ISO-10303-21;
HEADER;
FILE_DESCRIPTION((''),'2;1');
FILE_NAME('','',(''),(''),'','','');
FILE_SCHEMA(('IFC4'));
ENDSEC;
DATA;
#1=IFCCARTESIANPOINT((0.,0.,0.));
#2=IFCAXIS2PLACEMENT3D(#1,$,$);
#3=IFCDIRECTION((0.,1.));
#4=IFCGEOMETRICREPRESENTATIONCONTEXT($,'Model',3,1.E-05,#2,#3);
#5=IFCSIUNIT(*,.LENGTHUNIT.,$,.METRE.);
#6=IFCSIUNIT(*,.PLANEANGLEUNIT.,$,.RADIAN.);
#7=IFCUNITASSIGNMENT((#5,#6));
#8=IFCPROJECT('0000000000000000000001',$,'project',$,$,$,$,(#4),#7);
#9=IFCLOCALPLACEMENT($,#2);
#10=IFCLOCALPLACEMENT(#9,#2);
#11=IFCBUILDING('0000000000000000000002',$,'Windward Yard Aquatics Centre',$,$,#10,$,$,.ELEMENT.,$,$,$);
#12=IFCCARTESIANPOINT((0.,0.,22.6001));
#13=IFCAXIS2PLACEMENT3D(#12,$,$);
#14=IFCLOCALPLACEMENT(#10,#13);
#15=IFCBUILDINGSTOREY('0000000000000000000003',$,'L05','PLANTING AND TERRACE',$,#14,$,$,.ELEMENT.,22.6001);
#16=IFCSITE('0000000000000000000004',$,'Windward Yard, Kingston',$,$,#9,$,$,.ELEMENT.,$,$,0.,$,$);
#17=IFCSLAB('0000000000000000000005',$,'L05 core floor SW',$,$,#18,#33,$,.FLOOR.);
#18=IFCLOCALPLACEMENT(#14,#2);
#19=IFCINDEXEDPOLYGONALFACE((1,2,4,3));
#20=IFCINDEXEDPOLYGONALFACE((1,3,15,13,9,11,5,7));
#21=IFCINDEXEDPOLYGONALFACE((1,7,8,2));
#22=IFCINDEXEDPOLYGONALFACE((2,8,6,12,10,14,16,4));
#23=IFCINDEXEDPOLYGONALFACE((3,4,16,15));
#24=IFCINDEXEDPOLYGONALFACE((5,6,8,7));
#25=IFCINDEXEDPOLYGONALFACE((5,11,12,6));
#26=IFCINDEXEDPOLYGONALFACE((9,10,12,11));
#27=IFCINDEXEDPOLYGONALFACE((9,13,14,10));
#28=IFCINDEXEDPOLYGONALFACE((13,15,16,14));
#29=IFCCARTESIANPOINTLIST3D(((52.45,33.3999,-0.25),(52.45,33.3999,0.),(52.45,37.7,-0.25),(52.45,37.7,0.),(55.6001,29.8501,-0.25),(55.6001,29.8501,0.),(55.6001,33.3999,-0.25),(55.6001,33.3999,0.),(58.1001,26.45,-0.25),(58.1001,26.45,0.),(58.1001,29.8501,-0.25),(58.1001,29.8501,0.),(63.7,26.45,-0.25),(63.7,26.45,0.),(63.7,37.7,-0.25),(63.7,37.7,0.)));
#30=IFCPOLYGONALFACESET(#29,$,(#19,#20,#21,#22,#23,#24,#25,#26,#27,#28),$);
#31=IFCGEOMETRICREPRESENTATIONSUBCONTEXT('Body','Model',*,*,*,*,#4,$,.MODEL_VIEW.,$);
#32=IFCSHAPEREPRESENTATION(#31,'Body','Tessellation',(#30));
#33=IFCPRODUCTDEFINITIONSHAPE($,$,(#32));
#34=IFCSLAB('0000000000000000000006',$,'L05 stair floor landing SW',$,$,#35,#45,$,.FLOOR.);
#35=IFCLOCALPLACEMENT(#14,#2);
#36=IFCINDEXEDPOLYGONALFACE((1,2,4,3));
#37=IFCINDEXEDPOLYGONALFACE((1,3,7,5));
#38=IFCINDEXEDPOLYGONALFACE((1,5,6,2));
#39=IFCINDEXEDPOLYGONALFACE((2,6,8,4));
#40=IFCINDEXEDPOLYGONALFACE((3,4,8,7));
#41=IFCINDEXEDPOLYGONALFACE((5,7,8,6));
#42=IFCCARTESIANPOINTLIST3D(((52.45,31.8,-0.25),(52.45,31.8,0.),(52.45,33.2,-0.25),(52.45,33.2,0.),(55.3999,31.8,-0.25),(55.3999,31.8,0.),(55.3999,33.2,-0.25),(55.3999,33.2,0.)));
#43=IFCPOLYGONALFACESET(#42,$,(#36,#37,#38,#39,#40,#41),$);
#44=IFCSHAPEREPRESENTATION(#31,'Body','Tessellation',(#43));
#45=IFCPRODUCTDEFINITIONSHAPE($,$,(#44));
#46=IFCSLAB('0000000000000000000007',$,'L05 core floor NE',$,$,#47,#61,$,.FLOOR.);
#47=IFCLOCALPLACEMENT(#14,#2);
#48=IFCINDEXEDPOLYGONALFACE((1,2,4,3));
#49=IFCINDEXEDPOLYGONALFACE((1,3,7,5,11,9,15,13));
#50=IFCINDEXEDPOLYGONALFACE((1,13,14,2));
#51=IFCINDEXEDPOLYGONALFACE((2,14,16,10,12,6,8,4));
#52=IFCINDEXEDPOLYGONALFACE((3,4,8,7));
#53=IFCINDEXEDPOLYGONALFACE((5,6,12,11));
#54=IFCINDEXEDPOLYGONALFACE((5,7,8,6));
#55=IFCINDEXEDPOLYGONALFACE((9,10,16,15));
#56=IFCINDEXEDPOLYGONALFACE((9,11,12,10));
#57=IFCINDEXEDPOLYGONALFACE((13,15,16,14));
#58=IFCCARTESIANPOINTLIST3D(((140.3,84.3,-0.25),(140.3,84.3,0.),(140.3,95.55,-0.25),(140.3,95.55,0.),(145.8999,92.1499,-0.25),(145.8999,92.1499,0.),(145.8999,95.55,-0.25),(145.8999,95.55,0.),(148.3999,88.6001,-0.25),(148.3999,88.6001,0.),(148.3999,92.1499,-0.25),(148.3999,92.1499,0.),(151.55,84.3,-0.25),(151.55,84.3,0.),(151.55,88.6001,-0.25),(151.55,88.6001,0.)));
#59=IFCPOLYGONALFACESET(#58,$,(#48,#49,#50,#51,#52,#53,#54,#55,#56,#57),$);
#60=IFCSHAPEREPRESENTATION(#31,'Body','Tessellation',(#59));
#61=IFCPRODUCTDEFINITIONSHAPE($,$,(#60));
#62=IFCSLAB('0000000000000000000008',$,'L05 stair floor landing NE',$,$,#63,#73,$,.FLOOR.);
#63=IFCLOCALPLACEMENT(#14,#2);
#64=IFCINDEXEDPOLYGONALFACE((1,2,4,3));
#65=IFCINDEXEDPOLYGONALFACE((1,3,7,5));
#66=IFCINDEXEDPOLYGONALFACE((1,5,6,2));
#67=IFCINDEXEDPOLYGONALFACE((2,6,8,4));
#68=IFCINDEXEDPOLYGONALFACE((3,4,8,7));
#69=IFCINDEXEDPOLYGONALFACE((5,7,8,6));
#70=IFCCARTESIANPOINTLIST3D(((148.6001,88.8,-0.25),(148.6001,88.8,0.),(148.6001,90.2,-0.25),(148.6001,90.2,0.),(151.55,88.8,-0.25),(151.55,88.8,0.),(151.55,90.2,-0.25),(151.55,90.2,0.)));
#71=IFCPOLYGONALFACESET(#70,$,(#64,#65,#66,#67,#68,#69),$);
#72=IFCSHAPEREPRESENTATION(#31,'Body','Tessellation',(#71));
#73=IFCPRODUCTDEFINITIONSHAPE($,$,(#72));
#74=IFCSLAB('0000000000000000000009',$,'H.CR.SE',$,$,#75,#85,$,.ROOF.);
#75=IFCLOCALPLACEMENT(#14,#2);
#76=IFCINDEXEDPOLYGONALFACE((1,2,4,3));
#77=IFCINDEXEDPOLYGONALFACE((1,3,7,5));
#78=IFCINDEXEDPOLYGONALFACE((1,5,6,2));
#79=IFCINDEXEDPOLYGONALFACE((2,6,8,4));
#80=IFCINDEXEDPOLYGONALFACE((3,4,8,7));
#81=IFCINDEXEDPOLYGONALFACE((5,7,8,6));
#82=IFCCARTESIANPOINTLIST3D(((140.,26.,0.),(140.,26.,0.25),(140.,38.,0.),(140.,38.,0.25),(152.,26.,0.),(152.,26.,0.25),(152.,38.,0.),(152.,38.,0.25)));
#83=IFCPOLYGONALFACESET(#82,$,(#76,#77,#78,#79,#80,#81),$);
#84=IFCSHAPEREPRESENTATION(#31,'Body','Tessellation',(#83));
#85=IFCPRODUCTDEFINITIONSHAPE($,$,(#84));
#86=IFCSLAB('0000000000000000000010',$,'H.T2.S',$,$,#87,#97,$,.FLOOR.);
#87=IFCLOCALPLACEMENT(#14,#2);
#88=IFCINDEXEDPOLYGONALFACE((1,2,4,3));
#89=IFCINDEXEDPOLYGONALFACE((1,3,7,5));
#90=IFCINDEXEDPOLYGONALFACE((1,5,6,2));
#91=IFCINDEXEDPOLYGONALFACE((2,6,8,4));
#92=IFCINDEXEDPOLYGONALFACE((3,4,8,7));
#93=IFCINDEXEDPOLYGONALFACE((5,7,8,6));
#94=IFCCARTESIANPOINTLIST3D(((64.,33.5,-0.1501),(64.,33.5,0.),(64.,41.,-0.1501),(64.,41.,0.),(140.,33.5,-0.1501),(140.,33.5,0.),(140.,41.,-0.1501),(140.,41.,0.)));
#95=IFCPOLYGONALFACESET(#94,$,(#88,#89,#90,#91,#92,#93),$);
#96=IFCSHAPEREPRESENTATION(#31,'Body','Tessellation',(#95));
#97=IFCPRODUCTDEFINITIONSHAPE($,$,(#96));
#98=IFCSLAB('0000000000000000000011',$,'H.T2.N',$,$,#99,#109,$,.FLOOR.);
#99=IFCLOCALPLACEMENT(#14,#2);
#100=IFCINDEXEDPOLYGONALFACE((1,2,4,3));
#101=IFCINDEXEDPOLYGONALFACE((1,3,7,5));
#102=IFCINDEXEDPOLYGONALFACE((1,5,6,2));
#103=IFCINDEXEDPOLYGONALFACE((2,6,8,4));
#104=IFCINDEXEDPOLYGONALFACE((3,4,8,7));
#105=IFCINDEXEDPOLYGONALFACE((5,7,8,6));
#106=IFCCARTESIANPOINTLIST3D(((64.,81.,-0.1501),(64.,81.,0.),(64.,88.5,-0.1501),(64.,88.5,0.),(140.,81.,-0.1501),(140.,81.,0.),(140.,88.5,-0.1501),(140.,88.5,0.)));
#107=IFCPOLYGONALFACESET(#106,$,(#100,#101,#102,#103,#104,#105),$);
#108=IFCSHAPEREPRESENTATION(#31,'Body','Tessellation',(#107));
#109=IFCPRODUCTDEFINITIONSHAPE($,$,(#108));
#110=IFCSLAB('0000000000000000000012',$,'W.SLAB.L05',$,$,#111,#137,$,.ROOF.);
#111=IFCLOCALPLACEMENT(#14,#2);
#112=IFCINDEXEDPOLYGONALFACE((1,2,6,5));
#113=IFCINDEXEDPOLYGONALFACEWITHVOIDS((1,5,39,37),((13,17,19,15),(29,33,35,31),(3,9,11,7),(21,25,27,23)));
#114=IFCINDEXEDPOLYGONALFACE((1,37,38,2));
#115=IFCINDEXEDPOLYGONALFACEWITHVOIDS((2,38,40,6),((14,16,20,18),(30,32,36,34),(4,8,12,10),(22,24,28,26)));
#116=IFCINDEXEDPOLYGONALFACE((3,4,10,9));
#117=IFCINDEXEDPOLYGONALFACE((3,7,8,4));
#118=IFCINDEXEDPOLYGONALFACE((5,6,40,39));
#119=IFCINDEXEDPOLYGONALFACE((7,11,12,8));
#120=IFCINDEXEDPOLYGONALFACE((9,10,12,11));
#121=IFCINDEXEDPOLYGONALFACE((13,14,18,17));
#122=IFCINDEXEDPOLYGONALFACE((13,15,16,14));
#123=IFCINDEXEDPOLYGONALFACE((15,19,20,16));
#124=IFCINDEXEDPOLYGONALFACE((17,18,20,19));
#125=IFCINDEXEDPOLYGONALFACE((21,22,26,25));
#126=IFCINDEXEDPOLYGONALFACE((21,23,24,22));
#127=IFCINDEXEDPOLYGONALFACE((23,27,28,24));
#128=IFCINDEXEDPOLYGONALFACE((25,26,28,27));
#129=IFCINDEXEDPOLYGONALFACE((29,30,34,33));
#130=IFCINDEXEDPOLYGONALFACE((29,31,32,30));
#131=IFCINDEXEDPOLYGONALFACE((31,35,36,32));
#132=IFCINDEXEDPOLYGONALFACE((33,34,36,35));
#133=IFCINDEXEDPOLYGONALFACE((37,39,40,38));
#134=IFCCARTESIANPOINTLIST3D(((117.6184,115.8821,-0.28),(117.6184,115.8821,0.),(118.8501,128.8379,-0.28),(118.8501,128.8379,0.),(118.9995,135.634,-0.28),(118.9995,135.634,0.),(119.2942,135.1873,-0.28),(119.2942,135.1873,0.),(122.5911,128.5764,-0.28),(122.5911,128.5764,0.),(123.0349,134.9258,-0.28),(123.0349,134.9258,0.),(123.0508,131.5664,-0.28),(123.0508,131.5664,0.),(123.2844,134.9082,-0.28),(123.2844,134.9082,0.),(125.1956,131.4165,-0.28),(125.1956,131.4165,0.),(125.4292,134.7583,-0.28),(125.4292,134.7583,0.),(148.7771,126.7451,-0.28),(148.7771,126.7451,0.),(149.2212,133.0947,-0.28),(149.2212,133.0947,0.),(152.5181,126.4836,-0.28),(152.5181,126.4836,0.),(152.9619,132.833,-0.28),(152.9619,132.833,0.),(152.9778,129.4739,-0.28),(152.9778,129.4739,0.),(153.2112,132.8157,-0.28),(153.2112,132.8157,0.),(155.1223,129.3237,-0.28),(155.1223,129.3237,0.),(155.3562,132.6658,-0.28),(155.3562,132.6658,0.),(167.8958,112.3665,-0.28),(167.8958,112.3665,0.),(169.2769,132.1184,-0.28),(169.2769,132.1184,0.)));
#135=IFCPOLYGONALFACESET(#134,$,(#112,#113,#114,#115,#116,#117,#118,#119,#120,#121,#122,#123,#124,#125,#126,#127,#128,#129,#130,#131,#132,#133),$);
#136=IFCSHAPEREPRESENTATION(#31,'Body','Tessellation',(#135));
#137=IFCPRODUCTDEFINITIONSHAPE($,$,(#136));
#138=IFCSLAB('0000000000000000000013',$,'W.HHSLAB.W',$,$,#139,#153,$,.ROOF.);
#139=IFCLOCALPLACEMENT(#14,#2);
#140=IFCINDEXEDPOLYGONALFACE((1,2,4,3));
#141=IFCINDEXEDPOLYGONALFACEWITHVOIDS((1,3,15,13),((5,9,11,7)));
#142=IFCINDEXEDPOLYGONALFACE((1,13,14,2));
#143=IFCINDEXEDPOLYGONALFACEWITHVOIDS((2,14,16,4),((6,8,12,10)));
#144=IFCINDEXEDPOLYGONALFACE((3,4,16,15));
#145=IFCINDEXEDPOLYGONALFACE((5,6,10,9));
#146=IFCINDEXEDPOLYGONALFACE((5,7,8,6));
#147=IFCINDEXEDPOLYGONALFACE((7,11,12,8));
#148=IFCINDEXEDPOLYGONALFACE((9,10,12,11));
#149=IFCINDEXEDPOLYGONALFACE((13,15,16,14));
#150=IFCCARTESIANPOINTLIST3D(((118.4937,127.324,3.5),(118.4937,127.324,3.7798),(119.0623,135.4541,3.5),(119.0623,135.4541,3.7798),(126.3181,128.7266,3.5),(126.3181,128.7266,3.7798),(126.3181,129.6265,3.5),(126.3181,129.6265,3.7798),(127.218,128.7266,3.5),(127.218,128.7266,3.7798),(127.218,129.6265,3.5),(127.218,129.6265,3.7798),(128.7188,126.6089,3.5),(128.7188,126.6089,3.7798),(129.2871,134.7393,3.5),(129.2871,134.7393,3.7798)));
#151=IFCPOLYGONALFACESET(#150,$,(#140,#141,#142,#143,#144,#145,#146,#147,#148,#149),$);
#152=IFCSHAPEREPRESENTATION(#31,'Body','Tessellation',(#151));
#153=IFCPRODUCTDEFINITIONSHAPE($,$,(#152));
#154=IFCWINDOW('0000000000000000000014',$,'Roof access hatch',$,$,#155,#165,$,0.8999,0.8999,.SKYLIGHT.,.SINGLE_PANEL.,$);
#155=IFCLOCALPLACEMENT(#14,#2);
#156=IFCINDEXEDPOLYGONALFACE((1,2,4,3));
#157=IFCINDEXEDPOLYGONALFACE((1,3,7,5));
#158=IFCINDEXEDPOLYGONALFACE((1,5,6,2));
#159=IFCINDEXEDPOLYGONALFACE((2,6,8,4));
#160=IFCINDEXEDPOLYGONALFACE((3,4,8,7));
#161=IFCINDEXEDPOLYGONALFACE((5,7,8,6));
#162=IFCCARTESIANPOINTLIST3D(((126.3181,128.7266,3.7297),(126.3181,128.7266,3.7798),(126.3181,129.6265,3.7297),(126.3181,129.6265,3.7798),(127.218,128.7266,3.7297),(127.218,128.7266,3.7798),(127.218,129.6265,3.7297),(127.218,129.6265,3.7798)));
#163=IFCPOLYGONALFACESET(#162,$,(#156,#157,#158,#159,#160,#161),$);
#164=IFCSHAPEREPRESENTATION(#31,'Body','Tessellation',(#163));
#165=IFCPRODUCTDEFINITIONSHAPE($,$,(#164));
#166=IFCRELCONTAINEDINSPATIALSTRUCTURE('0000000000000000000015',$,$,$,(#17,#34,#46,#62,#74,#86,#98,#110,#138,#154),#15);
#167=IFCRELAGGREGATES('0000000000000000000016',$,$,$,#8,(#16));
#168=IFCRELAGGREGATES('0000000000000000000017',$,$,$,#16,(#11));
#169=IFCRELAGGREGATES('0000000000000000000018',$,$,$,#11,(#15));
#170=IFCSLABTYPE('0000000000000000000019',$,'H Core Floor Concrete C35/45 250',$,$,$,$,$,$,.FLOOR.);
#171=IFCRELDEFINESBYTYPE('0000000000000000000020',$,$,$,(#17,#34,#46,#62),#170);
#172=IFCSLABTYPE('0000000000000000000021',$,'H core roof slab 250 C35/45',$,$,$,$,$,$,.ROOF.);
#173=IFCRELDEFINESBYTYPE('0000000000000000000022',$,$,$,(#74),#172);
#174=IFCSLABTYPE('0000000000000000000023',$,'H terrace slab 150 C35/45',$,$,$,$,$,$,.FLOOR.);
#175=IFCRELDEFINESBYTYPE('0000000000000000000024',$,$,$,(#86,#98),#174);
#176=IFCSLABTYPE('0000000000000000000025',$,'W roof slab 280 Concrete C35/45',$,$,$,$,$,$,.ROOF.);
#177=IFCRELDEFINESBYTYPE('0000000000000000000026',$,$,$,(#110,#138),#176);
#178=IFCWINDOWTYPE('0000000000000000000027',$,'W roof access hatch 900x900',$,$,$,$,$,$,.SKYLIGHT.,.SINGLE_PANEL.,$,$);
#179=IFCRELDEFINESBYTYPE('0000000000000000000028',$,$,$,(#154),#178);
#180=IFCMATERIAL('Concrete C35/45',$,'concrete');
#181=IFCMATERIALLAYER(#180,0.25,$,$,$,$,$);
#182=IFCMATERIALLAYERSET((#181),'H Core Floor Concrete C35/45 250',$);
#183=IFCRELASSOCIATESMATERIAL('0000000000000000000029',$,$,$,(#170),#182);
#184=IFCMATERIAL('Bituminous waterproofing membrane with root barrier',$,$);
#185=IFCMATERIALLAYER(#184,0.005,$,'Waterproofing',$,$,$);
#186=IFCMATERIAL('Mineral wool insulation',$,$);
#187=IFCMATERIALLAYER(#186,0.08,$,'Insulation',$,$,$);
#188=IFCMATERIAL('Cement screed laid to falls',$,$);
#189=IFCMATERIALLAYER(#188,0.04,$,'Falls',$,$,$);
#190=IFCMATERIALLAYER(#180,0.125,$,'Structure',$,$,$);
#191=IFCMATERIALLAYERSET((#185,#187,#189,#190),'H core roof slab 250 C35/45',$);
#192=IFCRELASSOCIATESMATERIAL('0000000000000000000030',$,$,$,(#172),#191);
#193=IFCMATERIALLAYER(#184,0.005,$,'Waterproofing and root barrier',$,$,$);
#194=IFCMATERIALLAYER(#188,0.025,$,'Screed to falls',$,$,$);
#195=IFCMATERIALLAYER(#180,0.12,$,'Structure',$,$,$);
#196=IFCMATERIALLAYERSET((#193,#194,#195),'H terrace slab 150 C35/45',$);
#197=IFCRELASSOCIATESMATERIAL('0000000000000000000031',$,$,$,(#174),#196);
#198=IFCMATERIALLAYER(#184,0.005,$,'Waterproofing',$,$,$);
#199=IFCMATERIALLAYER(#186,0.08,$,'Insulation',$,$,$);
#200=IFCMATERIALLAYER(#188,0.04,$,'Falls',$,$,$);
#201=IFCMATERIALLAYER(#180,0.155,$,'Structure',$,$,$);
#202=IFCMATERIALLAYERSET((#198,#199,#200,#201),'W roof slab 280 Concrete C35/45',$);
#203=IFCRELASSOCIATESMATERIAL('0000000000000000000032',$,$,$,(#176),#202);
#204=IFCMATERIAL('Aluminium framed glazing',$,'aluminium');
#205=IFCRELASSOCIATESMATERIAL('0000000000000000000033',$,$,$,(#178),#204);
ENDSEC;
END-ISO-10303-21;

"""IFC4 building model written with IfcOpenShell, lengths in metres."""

from ifc_helpers import new_model, si_unit, direction, frame, origin, origin_2d, place, context, subcontext, project, spatial, polyline, rectangle, outline, extrude, material, layer, layer_set, type_object, element, fill, save


model = new_model("IFC4")

# Units and contexts
model_context = context("Model", 3, precision=1e-05, world=origin(), true_north=direction((0.0, 1.0)))
body_context = subcontext(model_context, "Body", "Model", "MODEL_VIEW")
ifc_project = project(units=[si_unit("LENGTHUNIT", "METRE"), si_unit("PLANEANGLEUNIT", "RADIAN")], contexts=[model_context])

# Site, building, storey
site_placement = place(None, origin())
site = spatial("IfcSite", under=ifc_project, at=site_placement, Name="Windward Yard, Kingston", CompositionType="ELEMENT", RefElevation=0.0)
building_placement = place(site_placement, origin())
building = spatial("IfcBuilding", under=site, at=building_placement, Name="Windward Yard Aquatics Centre", CompositionType="ELEMENT")
storey_placement = place(building_placement, frame((0.0, 0.0, 22.6001)))
storey = spatial("IfcBuildingStorey", under=building, at=storey_placement, Name="L05", Description="PLANTING AND TERRACE", CompositionType="ELEMENT", Elevation=22.6001)

# Slabs
ifc_material_1 = material(Name="Concrete C35/45", Category="concrete")
ifc_layer_1 = layer(ifc_material_1, 0.25)
ifc_layer_set_1 = layer_set([ifc_layer_1], Name="H Core Floor Concrete C35/45 250")
slab_type_1 = type_object("IfcSlabType", Name="H Core Floor Concrete C35/45 250", PredefinedType="FLOOR", material=ifc_layer_set_1)
slab_1_placement = place(storey_placement, frame((0.0, 0.0, -0.25)))
element("IfcSlab", 1, at=slab_1_placement, inside=storey, type_object=slab_type_1, Name="L05 core floor SW", PredefinedType="FLOOR", context=body_context, shape_type="SweptSolid", body=[
    extrude(outline(polyline([(52.45, 33.3999), (55.6001, 33.3999), (55.6001, 29.8501), (58.1001, 29.8501), (58.1001, 26.45), (63.7, 26.45), (63.7, 37.7), (52.45, 37.7), (52.45, 33.3999)])), origin(), (0.0, 0.0, 1.0), 0.25),
])
slab_2_placement = place(storey_placement, frame((0.0, 0.0, -0.25)))
element("IfcSlab", 2, at=slab_2_placement, inside=storey, type_object=slab_type_1, Name="L05 stair floor landing SW", PredefinedType="FLOOR", context=body_context, shape_type="SweptSolid", body=[
    extrude(outline(polyline([(52.45, 31.8), (55.3999, 31.8), (55.3999, 33.2), (52.45, 33.2), (52.45, 31.8)])), origin(), (0.0, 0.0, 1.0), 0.25),
])
slab_3_placement = place(storey_placement, frame((0.0, 0.0, -0.25)))
element("IfcSlab", 3, at=slab_3_placement, inside=storey, type_object=slab_type_1, Name="L05 core floor NE", PredefinedType="FLOOR", context=body_context, shape_type="SweptSolid", body=[
    extrude(outline(polyline([(140.3, 84.3), (151.55, 84.3), (151.55, 88.6001), (148.3999, 88.6001), (148.3999, 92.1499), (145.8999, 92.1499), (145.8999, 95.55), (140.3, 95.55), (140.3, 84.3)])), origin(), (0.0, 0.0, 1.0), 0.25),
])
slab_4_placement = place(storey_placement, frame((0.0, 0.0, -0.25)))
element("IfcSlab", 4, at=slab_4_placement, inside=storey, type_object=slab_type_1, Name="L05 stair floor landing NE", PredefinedType="FLOOR", context=body_context, shape_type="SweptSolid", body=[
    extrude(outline(polyline([(148.6001, 88.8), (151.55, 88.8), (151.55, 90.2), (148.6001, 90.2), (148.6001, 88.8)])), origin(), (0.0, 0.0, 1.0), 0.25),
])
ifc_material_2 = material(Name="Bituminous waterproofing membrane with root barrier")
ifc_layer_2 = layer(ifc_material_2, 0.005, Name="Waterproofing")
ifc_material_3 = material(Name="Mineral wool insulation")
ifc_layer_3 = layer(ifc_material_3, 0.08, Name="Insulation")
ifc_material_4 = material(Name="Cement screed laid to falls")
ifc_layer_4 = layer(ifc_material_4, 0.04, Name="Falls")
ifc_layer_5 = layer(ifc_material_1, 0.125, Name="Structure")
ifc_layer_set_2 = layer_set([ifc_layer_2, ifc_layer_3, ifc_layer_4, ifc_layer_5], Name="H core roof slab 250 C35/45")
slab_type_2 = type_object("IfcSlabType", Name="H core roof slab 250 C35/45", PredefinedType="ROOF", material=ifc_layer_set_2)
slab_5_placement = place(storey_placement, origin())
element("IfcSlab", 5, at=slab_5_placement, inside=storey, type_object=slab_type_2, Name="H.CR.SE", PredefinedType="ROOF", context=body_context, shape_type="SweptSolid", body=[
    extrude(outline(polyline([(140.0, 26.0), (152.0, 26.0), (152.0, 38.0), (140.0, 38.0), (140.0, 26.0)])), origin(), (0.0, 0.0, 1.0), 0.25),
])
ifc_layer_6 = layer(ifc_material_2, 0.005, Name="Waterproofing and root barrier")
ifc_layer_7 = layer(ifc_material_4, 0.025, Name="Screed to falls")
ifc_layer_8 = layer(ifc_material_1, 0.12, Name="Structure")
ifc_layer_set_3 = layer_set([ifc_layer_6, ifc_layer_7, ifc_layer_8], Name="H terrace slab 150 C35/45")
slab_type_3 = type_object("IfcSlabType", Name="H terrace slab 150 C35/45", PredefinedType="FLOOR", material=ifc_layer_set_3)
slab_6_placement = place(storey_placement, frame((0.0, 0.0, -0.1501)))
element("IfcSlab", 6, at=slab_6_placement, inside=storey, type_object=slab_type_3, Name="H.T2.S", PredefinedType="FLOOR", context=body_context, shape_type="SweptSolid", body=[
    extrude(outline(polyline([(64.0, 33.5), (140.0, 33.5), (140.0, 41.0), (64.0, 41.0), (64.0, 33.5)])), origin(), (0.0, 0.0, 1.0), 0.1501),
])
slab_7_placement = place(storey_placement, frame((0.0, 0.0, -0.1501)))
element("IfcSlab", 7, at=slab_7_placement, inside=storey, type_object=slab_type_3, Name="H.T2.N", PredefinedType="FLOOR", context=body_context, shape_type="SweptSolid", body=[
    extrude(outline(polyline([(64.0, 81.0), (140.0, 81.0), (140.0, 88.5), (64.0, 88.5), (64.0, 81.0)])), origin(), (0.0, 0.0, 1.0), 0.1501),
])
ifc_layer_9 = layer(ifc_material_2, 0.005, Name="Waterproofing")
ifc_layer_10 = layer(ifc_material_3, 0.08, Name="Insulation")
ifc_layer_11 = layer(ifc_material_4, 0.04, Name="Falls")
ifc_layer_12 = layer(ifc_material_1, 0.155, Name="Structure")
ifc_layer_set_4 = layer_set([ifc_layer_9, ifc_layer_10, ifc_layer_11, ifc_layer_12], Name="W roof slab 280 Concrete C35/45")
slab_type_4 = type_object("IfcSlabType", Name="W roof slab 280 Concrete C35/45", PredefinedType="ROOF", material=ifc_layer_set_4)
slab_8_placement = place(storey_placement, frame((0.0, 0.0, -0.28)))
element("IfcSlab", 8, at=slab_8_placement, inside=storey, type_object=slab_type_4, Name="W.SLAB.L05", PredefinedType="ROOF", context=body_context, shape_type="SweptSolid", body=[
    extrude(outline(polyline([(117.6184, 115.8821), (167.8958, 112.3665), (169.2769, 132.1184), (118.9995, 135.634), (117.6184, 115.8821)]), holes=[polyline([(118.8501, 128.8379), (122.5911, 128.5764), (123.0349, 134.9258), (119.2942, 135.1873), (118.8501, 128.8379)]), polyline([(123.0508, 131.5664), (125.1956, 131.4165), (125.4292, 134.7583), (123.2844, 134.9082), (123.0508, 131.5664)]), polyline([(148.7771, 126.7451), (152.5181, 126.4836), (152.9619, 132.833), (149.2212, 133.0947), (148.7771, 126.7451)]), polyline([(152.9778, 129.4739), (155.1223, 129.3237), (155.3562, 132.6658), (153.2112, 132.8157), (152.9778, 129.4739)])]), origin(), (0.0, 0.0, 1.0), 0.28),
])

# Slab, opening, window
slab_9_placement = place(storey_placement, frame((0.0, 0.0, 3.5)))
slab_9 = element("IfcSlab", 9, at=slab_9_placement, inside=storey, type_object=slab_type_4, Name="W.HHSLAB.W", PredefinedType="ROOF", context=body_context, shape_type="SweptSolid", body=[
    extrude(outline(polyline([(118.4937, 127.324), (128.7188, 126.6089), (129.2871, 134.7393), (119.0623, 135.4541), (118.4937, 127.324)])), origin(), (0.0, 0.0, 1.0), 0.2798),
])
opening_1_placement = place(slab_9_placement, frame((126.7681, 129.1765, 0.0)))
opening_1 = element("IfcOpeningElement", 10, at=opening_1_placement, cuts=slab_9, PredefinedType="OPENING", context=body_context, shape_type="SweptSolid", body=[
    extrude(rectangle(XDim=0.8999, YDim=0.8999, at=origin_2d()), origin(), (0.0, 0.0, 1.0), 0.2798),
])
ifc_material_5 = material(Name="Aluminium framed glazing", Category="aluminium")
window_type = type_object("IfcWindowType", Name="W roof access hatch 900x900", PartitioningType="SINGLE_PANEL", PredefinedType="SKYLIGHT", material=ifc_material_5)
window_1_placement = place(opening_1_placement, frame((0.0, 0.0, 0.2297)))
window_1 = element("IfcWindow", 11, at=window_1_placement, inside=storey, type_object=window_type, Name="Roof access hatch", OverallHeight=0.8999, OverallWidth=0.8999, PartitioningType="SINGLE_PANEL", PredefinedType="SKYLIGHT", context=body_context, shape_type="SweptSolid", body=[
    extrude(rectangle(XDim=0.8999, YDim=0.8999, at=origin_2d()), origin(), (0.0, 0.0, 1.0), 0.05),
])
fill(opening_1, window_1)

save(model, "model.ifc")
